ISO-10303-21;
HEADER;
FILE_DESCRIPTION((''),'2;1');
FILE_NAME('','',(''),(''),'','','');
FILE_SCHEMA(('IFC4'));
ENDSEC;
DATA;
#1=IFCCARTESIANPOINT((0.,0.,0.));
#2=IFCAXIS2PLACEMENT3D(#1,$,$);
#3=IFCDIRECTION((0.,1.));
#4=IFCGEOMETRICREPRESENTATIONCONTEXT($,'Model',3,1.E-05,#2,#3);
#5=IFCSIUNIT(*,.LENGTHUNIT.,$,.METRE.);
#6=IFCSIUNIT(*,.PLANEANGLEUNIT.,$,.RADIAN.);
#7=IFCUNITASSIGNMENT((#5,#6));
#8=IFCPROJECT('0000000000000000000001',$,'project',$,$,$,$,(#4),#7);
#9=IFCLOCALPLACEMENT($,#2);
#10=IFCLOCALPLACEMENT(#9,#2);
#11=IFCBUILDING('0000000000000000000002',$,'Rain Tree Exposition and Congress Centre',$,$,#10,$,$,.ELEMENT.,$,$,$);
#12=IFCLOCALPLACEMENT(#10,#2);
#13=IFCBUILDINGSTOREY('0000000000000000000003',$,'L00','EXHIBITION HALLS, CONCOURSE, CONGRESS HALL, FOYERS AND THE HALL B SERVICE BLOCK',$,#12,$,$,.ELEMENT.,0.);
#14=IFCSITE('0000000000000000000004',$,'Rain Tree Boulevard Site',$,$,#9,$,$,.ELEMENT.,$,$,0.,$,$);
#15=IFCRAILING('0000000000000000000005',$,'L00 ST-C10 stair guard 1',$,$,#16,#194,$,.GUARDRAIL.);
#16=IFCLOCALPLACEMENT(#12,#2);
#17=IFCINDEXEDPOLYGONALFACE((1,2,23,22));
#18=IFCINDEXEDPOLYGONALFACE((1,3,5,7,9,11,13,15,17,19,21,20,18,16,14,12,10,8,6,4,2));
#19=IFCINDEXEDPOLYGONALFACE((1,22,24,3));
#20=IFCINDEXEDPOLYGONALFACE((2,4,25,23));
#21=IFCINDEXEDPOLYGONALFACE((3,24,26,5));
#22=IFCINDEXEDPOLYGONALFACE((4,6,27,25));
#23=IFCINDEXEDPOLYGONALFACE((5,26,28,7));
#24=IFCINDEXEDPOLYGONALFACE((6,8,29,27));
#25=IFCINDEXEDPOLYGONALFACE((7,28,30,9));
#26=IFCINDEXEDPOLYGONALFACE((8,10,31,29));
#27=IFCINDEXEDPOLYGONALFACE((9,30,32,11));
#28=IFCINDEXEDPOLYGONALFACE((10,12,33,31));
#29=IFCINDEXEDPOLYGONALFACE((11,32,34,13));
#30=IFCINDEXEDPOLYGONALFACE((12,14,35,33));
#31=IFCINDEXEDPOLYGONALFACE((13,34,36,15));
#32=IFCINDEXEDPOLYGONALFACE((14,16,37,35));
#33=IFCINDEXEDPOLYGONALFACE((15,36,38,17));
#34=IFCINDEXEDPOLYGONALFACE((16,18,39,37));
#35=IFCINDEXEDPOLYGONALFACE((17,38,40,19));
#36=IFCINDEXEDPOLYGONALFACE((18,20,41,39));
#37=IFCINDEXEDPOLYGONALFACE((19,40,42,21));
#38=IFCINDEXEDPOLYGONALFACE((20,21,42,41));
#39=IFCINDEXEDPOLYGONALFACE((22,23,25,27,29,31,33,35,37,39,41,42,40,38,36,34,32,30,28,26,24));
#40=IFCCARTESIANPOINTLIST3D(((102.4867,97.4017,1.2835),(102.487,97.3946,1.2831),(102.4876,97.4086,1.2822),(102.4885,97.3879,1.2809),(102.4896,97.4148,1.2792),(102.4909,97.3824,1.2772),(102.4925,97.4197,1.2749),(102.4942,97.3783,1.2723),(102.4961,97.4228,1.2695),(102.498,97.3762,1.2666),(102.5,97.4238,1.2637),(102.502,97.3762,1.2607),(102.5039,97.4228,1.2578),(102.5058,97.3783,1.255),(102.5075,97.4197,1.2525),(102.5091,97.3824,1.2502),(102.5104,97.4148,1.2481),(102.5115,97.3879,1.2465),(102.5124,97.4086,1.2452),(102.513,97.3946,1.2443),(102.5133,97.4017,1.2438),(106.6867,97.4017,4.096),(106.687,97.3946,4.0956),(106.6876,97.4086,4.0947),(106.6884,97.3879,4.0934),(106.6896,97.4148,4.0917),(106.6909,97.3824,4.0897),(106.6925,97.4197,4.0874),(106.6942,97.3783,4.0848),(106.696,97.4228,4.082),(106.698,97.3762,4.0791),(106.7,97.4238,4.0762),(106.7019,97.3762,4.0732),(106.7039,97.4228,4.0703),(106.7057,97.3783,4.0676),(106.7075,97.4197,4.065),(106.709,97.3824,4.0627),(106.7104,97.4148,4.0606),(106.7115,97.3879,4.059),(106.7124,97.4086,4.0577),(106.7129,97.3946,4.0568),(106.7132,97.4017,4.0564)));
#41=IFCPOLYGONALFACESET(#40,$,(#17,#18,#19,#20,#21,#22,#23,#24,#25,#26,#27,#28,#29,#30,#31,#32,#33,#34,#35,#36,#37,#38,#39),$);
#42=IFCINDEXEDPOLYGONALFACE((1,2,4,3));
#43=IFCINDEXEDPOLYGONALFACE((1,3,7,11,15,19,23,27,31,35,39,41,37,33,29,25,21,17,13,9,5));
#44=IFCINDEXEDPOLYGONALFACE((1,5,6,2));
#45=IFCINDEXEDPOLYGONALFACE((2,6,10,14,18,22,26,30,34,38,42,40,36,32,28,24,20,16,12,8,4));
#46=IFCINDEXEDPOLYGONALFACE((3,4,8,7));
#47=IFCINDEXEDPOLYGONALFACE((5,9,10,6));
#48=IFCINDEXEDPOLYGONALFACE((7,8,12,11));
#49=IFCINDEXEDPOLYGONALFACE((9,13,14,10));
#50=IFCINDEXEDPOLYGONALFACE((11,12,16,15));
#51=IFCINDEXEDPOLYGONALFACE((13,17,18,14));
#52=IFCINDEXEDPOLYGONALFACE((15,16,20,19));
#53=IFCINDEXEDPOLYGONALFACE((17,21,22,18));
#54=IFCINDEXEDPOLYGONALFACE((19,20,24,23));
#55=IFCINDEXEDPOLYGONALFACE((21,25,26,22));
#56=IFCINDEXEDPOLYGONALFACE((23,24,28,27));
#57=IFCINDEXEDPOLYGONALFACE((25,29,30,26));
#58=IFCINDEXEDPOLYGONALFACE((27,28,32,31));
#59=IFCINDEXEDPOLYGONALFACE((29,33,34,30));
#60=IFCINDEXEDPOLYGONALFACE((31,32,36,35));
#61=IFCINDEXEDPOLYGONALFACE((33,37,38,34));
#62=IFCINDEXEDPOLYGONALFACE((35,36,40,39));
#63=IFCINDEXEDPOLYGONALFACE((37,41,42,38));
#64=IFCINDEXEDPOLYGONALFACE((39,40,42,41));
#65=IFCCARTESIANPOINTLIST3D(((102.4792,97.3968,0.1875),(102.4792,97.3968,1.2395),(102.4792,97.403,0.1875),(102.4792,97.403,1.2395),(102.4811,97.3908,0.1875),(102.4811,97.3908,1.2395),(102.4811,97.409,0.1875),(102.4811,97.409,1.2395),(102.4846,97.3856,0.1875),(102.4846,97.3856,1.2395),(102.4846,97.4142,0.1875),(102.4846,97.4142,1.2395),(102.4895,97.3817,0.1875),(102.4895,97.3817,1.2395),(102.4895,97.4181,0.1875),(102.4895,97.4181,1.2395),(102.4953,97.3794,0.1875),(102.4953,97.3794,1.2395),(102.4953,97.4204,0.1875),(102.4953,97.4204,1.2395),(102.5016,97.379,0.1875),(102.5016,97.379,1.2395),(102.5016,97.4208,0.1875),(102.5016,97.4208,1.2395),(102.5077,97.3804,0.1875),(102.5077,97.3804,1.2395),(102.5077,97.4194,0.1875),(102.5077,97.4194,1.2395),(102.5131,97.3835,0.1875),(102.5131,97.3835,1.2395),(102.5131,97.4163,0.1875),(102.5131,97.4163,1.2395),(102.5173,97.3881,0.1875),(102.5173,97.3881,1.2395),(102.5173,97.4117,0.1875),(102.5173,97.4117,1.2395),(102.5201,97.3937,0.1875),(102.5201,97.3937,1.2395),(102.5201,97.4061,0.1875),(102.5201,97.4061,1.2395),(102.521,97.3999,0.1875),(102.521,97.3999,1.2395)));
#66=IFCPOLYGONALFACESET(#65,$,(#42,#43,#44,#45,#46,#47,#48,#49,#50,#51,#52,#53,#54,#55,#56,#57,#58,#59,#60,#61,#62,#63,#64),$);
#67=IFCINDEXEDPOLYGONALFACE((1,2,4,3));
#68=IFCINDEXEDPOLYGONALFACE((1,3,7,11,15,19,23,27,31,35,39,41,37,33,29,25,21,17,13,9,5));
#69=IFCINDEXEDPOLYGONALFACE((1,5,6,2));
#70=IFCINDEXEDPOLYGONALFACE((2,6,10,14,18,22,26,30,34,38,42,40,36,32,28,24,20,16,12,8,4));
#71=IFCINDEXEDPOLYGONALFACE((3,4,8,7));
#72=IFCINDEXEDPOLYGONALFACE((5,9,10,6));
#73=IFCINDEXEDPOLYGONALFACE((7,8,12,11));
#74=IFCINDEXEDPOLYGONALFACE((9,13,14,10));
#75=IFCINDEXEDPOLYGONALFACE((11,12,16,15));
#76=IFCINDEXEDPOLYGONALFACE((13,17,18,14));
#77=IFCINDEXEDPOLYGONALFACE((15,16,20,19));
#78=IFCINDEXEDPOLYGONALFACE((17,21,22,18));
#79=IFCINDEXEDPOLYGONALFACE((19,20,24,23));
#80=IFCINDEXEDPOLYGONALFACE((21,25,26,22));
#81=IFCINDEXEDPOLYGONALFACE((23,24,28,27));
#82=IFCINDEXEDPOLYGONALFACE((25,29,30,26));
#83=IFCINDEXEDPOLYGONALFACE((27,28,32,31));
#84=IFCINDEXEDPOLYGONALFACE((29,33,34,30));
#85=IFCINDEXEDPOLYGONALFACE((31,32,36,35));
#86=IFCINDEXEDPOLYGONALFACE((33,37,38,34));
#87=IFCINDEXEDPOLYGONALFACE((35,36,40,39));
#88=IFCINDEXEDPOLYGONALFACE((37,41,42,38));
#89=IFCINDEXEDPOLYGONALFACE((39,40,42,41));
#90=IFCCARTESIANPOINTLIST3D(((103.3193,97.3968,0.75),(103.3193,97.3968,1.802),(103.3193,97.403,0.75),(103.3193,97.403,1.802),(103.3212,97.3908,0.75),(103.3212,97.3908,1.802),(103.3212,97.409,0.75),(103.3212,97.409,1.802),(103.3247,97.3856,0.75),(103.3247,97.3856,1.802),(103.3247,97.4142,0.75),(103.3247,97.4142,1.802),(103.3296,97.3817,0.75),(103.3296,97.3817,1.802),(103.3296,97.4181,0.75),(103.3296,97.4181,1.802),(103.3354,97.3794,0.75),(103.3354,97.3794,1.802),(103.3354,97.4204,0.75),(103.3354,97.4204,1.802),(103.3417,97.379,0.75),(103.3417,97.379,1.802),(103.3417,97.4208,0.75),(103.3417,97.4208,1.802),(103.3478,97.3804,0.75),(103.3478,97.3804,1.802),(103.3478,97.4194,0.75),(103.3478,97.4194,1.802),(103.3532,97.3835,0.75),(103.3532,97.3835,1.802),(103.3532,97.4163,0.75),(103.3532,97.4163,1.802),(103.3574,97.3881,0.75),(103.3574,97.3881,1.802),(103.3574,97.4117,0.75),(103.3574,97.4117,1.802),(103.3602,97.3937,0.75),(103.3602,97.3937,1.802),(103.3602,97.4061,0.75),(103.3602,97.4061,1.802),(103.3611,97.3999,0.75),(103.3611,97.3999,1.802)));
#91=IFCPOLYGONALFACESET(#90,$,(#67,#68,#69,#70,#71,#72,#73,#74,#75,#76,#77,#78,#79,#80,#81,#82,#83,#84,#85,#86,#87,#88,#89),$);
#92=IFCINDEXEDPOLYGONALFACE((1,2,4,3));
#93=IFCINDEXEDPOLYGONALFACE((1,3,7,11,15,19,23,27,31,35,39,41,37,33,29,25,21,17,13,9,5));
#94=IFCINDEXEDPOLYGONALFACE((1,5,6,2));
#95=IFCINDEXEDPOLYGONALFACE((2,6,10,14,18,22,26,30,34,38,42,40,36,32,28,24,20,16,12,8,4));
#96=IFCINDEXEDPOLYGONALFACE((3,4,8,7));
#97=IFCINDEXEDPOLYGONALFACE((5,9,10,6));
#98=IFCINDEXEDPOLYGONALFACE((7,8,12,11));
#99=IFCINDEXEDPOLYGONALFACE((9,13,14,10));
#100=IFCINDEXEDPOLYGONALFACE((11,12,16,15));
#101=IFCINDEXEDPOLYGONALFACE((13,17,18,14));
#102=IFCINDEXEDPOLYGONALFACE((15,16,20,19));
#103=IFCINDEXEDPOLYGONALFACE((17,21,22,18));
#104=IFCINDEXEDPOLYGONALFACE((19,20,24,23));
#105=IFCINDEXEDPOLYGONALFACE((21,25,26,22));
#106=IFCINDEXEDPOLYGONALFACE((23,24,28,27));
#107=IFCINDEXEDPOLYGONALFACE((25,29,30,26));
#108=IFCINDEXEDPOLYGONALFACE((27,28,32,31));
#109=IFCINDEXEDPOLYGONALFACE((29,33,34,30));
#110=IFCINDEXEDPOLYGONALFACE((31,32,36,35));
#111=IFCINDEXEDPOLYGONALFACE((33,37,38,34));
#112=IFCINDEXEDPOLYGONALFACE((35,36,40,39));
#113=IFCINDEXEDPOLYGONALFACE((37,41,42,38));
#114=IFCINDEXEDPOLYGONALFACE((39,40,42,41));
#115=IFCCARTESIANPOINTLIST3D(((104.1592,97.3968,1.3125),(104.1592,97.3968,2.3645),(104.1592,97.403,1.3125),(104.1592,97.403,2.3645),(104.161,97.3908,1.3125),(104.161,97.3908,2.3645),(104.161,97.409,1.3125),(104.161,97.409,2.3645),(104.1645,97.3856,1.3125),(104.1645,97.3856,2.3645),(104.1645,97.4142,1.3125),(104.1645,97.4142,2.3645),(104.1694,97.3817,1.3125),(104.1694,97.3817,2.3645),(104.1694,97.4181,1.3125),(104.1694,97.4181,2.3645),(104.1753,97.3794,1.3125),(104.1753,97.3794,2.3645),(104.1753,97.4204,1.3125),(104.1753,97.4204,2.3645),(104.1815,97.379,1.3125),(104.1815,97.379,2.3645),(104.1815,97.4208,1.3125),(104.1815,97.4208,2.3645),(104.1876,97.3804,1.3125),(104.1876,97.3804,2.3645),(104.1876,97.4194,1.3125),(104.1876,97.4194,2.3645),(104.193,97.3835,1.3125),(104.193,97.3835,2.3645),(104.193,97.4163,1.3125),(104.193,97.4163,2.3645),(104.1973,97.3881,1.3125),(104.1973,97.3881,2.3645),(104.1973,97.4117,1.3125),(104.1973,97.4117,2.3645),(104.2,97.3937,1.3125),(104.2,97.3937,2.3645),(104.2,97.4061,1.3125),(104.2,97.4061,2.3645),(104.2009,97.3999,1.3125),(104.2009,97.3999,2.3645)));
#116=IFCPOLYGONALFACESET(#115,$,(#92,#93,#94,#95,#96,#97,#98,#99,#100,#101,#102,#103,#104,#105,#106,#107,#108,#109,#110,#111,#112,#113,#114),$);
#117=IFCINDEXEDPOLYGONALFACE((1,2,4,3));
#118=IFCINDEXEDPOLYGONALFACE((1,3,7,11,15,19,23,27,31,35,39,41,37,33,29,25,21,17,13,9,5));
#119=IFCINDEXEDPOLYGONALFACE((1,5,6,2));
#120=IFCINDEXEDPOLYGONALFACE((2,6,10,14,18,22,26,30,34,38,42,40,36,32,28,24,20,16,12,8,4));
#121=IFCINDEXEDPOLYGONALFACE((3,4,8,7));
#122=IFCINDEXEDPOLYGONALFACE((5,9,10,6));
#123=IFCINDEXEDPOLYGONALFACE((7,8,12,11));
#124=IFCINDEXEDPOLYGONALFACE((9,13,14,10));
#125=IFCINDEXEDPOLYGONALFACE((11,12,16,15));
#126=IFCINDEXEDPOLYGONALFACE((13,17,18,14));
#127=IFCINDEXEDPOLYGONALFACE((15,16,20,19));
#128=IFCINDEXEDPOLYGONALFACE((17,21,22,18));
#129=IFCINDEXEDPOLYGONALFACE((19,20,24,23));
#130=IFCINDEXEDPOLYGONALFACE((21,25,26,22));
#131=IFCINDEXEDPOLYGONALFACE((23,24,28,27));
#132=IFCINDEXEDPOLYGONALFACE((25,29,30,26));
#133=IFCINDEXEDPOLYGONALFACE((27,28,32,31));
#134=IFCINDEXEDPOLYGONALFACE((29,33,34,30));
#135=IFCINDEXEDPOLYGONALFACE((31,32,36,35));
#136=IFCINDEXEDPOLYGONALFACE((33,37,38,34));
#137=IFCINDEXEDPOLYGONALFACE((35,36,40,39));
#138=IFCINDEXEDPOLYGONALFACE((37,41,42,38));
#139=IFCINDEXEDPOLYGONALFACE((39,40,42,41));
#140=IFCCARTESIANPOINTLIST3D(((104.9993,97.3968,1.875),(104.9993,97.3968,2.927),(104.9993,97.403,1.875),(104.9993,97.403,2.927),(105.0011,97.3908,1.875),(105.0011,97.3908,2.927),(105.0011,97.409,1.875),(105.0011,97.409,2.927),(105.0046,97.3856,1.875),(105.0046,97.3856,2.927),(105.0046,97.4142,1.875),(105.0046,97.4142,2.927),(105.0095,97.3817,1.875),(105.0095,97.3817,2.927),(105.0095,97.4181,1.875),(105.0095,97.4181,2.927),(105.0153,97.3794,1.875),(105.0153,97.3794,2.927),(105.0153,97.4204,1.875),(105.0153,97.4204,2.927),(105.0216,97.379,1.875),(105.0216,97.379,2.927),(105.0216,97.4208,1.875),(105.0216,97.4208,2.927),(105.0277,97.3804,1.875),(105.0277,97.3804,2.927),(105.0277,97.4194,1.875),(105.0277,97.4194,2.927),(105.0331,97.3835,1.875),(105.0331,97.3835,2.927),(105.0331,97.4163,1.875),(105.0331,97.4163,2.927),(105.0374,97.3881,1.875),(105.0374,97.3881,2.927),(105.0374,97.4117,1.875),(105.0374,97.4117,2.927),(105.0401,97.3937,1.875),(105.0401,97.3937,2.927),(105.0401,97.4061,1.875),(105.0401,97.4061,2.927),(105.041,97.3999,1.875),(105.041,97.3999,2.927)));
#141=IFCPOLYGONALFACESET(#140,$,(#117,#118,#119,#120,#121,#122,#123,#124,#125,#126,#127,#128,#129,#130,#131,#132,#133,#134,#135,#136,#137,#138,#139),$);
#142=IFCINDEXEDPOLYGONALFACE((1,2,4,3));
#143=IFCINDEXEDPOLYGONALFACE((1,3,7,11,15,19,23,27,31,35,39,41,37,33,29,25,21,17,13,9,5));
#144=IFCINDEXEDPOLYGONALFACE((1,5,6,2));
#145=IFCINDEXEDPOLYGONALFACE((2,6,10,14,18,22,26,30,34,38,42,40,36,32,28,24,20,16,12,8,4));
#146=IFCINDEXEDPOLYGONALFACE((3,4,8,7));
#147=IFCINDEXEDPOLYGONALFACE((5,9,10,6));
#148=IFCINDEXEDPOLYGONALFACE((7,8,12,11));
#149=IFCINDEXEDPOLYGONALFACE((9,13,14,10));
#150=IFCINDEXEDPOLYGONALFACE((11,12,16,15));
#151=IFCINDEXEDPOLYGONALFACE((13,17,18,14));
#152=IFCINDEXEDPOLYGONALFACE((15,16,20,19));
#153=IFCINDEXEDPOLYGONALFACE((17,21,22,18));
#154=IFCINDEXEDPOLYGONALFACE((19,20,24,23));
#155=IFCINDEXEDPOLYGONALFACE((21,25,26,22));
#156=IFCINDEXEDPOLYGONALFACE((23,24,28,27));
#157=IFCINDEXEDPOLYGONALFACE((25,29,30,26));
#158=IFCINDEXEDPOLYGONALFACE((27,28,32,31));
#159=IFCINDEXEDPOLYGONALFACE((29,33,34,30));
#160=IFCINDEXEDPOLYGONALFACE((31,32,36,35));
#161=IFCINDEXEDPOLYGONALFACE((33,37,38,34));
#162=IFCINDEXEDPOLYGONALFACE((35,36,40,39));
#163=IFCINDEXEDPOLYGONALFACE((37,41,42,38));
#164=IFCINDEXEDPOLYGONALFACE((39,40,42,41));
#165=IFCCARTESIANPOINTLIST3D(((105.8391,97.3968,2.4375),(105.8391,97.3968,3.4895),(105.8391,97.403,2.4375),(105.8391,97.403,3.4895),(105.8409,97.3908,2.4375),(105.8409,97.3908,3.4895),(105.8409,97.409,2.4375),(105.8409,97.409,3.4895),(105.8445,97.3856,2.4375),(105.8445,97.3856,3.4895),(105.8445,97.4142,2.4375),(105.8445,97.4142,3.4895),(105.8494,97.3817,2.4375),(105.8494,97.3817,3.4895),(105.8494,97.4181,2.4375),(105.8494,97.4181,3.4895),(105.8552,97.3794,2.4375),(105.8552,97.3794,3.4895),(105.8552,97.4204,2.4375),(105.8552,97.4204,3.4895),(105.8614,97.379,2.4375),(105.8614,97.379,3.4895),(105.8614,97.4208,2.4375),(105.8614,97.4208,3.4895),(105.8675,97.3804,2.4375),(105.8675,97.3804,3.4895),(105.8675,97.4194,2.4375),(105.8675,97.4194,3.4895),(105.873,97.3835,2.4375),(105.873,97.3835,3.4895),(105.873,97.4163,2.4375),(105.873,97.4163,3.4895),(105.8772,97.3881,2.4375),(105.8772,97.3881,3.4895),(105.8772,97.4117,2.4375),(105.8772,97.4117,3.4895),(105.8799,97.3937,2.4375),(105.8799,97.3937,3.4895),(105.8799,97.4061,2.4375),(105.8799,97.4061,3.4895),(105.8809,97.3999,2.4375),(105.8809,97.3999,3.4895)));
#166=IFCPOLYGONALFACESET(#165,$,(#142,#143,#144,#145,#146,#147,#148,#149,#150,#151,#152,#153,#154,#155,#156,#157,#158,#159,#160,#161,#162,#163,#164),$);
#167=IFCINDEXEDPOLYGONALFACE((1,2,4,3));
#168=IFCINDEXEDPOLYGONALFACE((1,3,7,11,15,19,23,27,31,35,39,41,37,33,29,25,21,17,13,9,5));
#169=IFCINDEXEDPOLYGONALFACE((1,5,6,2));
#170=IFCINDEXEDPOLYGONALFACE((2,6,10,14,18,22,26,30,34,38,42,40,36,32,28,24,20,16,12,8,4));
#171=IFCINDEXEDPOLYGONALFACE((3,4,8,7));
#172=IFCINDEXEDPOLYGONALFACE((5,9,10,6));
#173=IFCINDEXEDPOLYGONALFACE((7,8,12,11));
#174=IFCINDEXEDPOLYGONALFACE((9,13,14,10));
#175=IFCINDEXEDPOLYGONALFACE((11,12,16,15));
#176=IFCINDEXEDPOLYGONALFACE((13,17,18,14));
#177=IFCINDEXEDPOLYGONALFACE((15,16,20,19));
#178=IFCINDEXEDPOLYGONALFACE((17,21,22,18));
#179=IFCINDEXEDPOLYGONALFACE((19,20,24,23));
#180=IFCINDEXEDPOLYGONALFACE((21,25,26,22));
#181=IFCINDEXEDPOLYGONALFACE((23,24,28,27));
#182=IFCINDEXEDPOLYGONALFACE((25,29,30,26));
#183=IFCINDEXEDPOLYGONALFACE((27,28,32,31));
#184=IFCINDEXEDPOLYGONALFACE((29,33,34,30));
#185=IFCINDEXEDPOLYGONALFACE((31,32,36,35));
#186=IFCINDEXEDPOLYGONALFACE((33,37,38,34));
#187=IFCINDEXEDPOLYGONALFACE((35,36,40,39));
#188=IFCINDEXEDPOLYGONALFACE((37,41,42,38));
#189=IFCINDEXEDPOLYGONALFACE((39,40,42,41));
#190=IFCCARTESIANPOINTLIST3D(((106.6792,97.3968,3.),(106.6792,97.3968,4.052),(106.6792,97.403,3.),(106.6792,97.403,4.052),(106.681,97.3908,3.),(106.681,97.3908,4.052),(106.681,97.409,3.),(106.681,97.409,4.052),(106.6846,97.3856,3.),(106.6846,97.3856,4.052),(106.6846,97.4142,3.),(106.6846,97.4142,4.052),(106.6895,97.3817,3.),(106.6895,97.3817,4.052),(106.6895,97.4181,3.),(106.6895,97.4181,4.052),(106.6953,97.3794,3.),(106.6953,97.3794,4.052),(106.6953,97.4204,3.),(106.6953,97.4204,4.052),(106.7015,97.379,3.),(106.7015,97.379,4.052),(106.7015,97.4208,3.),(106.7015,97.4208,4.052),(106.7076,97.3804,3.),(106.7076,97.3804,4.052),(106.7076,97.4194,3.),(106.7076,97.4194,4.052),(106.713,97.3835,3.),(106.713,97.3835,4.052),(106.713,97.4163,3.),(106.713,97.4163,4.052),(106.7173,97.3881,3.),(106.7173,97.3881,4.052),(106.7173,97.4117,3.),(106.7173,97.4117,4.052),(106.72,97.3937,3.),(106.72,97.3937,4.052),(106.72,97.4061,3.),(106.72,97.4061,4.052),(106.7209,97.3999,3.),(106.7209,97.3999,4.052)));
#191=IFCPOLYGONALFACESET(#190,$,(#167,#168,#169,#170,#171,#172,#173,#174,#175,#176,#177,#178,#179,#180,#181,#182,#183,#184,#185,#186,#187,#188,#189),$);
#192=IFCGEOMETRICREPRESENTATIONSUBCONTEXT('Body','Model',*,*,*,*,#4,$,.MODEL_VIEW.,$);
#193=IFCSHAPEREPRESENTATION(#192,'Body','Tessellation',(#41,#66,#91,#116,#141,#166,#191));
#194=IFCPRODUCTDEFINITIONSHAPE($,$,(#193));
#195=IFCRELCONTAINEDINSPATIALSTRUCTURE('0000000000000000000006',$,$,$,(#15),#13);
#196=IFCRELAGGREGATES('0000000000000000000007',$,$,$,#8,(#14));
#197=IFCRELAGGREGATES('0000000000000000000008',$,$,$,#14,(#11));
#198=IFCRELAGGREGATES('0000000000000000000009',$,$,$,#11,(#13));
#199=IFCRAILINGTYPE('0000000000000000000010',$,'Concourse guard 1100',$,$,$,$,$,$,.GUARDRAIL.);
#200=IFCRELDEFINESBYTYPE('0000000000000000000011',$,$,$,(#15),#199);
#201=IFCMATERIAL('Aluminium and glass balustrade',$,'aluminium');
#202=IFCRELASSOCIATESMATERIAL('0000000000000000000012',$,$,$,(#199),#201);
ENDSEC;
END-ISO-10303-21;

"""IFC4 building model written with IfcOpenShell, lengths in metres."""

from ifc_helpers import new_model, si_unit, direction, frame, origin, origin_2d, place, context, subcontext, project, spatial, circle, extrude, material, type_object, element, save


model = new_model("IFC4")

# Units and contexts
model_context = context("Model", 3, precision=1e-05, world=origin(), true_north=direction((0.0, 1.0)))
body_context = subcontext(model_context, "Body", "Model", "MODEL_VIEW")
ifc_project = project(units=[si_unit("LENGTHUNIT", "METRE"), si_unit("PLANEANGLEUNIT", "RADIAN")], contexts=[model_context])

# Site, building, storey
site_placement = place(None, origin())
site = spatial("IfcSite", under=ifc_project, at=site_placement, Name="Rain Tree Boulevard Site", CompositionType="ELEMENT", RefElevation=0.0)
building_placement = place(site_placement, origin())
building = spatial("IfcBuilding", under=site, at=building_placement, Name="Rain Tree Exposition and Congress Centre", CompositionType="ELEMENT")
storey_placement = place(building_placement, origin())
storey = spatial("IfcBuildingStorey", under=building, at=storey_placement, Name="L00", Description="EXHIBITION HALLS, CONCOURSE, CONGRESS HALL, FOYERS AND THE HALL B SERVICE BLOCK", CompositionType="ELEMENT", Elevation=0.0)

# Railing
ifc_material_1 = material(Name="Aluminium and glass balustrade", Category="aluminium")
railing_type_1 = type_object("IfcRailingType", Name="Concourse guard 1100", PredefinedType="GUARDRAIL", material=ifc_material_1)
railing_1_placement = place(storey_placement, frame((102.5, 97.3999, 0.1875)))
element("IfcRailing", 1, at=railing_1_placement, inside=storey, type_object=railing_type_1, Name="L00 ST-C10 stair guard 1", PredefinedType="GUARDRAIL", context=body_context, shape_type="SweptSolid", body=[
    extrude(circle(Radius=0.0239, at=origin_2d()), frame((0.0, 0.0, 1.0762), z_axis=(0.830904, 0.0, 0.556416), x_axis=(0.0, 1.0, 0.0)), (0.0, 0.0, 1.0), 5.0547),
    extrude(circle(Radius=0.021, at=origin_2d()), origin(), (0.0, 0.0, 1.0), 1.052),
    extrude(circle(Radius=0.021, at=origin_2d()), frame((0.8401, 0.0, 0.5625)), (0.0, 0.0, 1.0), 1.052),
    extrude(circle(Radius=0.021, at=origin_2d()), frame((1.6799, 0.0, 1.125)), (0.0, 0.0, 1.0), 1.052),
    extrude(circle(Radius=0.021, at=origin_2d()), frame((2.52, 0.0, 1.6875)), (0.0, 0.0, 1.0), 1.052),
    extrude(circle(Radius=0.021, at=origin_2d()), frame((3.3599, 0.0, 2.25)), (0.0, 0.0, 1.0), 1.052),
    extrude(circle(Radius=0.021, at=origin_2d()), frame((4.2, 0.0, 2.8125)), (0.0, 0.0, 1.0), 1.052),
])

save(model, "model.ifc")
